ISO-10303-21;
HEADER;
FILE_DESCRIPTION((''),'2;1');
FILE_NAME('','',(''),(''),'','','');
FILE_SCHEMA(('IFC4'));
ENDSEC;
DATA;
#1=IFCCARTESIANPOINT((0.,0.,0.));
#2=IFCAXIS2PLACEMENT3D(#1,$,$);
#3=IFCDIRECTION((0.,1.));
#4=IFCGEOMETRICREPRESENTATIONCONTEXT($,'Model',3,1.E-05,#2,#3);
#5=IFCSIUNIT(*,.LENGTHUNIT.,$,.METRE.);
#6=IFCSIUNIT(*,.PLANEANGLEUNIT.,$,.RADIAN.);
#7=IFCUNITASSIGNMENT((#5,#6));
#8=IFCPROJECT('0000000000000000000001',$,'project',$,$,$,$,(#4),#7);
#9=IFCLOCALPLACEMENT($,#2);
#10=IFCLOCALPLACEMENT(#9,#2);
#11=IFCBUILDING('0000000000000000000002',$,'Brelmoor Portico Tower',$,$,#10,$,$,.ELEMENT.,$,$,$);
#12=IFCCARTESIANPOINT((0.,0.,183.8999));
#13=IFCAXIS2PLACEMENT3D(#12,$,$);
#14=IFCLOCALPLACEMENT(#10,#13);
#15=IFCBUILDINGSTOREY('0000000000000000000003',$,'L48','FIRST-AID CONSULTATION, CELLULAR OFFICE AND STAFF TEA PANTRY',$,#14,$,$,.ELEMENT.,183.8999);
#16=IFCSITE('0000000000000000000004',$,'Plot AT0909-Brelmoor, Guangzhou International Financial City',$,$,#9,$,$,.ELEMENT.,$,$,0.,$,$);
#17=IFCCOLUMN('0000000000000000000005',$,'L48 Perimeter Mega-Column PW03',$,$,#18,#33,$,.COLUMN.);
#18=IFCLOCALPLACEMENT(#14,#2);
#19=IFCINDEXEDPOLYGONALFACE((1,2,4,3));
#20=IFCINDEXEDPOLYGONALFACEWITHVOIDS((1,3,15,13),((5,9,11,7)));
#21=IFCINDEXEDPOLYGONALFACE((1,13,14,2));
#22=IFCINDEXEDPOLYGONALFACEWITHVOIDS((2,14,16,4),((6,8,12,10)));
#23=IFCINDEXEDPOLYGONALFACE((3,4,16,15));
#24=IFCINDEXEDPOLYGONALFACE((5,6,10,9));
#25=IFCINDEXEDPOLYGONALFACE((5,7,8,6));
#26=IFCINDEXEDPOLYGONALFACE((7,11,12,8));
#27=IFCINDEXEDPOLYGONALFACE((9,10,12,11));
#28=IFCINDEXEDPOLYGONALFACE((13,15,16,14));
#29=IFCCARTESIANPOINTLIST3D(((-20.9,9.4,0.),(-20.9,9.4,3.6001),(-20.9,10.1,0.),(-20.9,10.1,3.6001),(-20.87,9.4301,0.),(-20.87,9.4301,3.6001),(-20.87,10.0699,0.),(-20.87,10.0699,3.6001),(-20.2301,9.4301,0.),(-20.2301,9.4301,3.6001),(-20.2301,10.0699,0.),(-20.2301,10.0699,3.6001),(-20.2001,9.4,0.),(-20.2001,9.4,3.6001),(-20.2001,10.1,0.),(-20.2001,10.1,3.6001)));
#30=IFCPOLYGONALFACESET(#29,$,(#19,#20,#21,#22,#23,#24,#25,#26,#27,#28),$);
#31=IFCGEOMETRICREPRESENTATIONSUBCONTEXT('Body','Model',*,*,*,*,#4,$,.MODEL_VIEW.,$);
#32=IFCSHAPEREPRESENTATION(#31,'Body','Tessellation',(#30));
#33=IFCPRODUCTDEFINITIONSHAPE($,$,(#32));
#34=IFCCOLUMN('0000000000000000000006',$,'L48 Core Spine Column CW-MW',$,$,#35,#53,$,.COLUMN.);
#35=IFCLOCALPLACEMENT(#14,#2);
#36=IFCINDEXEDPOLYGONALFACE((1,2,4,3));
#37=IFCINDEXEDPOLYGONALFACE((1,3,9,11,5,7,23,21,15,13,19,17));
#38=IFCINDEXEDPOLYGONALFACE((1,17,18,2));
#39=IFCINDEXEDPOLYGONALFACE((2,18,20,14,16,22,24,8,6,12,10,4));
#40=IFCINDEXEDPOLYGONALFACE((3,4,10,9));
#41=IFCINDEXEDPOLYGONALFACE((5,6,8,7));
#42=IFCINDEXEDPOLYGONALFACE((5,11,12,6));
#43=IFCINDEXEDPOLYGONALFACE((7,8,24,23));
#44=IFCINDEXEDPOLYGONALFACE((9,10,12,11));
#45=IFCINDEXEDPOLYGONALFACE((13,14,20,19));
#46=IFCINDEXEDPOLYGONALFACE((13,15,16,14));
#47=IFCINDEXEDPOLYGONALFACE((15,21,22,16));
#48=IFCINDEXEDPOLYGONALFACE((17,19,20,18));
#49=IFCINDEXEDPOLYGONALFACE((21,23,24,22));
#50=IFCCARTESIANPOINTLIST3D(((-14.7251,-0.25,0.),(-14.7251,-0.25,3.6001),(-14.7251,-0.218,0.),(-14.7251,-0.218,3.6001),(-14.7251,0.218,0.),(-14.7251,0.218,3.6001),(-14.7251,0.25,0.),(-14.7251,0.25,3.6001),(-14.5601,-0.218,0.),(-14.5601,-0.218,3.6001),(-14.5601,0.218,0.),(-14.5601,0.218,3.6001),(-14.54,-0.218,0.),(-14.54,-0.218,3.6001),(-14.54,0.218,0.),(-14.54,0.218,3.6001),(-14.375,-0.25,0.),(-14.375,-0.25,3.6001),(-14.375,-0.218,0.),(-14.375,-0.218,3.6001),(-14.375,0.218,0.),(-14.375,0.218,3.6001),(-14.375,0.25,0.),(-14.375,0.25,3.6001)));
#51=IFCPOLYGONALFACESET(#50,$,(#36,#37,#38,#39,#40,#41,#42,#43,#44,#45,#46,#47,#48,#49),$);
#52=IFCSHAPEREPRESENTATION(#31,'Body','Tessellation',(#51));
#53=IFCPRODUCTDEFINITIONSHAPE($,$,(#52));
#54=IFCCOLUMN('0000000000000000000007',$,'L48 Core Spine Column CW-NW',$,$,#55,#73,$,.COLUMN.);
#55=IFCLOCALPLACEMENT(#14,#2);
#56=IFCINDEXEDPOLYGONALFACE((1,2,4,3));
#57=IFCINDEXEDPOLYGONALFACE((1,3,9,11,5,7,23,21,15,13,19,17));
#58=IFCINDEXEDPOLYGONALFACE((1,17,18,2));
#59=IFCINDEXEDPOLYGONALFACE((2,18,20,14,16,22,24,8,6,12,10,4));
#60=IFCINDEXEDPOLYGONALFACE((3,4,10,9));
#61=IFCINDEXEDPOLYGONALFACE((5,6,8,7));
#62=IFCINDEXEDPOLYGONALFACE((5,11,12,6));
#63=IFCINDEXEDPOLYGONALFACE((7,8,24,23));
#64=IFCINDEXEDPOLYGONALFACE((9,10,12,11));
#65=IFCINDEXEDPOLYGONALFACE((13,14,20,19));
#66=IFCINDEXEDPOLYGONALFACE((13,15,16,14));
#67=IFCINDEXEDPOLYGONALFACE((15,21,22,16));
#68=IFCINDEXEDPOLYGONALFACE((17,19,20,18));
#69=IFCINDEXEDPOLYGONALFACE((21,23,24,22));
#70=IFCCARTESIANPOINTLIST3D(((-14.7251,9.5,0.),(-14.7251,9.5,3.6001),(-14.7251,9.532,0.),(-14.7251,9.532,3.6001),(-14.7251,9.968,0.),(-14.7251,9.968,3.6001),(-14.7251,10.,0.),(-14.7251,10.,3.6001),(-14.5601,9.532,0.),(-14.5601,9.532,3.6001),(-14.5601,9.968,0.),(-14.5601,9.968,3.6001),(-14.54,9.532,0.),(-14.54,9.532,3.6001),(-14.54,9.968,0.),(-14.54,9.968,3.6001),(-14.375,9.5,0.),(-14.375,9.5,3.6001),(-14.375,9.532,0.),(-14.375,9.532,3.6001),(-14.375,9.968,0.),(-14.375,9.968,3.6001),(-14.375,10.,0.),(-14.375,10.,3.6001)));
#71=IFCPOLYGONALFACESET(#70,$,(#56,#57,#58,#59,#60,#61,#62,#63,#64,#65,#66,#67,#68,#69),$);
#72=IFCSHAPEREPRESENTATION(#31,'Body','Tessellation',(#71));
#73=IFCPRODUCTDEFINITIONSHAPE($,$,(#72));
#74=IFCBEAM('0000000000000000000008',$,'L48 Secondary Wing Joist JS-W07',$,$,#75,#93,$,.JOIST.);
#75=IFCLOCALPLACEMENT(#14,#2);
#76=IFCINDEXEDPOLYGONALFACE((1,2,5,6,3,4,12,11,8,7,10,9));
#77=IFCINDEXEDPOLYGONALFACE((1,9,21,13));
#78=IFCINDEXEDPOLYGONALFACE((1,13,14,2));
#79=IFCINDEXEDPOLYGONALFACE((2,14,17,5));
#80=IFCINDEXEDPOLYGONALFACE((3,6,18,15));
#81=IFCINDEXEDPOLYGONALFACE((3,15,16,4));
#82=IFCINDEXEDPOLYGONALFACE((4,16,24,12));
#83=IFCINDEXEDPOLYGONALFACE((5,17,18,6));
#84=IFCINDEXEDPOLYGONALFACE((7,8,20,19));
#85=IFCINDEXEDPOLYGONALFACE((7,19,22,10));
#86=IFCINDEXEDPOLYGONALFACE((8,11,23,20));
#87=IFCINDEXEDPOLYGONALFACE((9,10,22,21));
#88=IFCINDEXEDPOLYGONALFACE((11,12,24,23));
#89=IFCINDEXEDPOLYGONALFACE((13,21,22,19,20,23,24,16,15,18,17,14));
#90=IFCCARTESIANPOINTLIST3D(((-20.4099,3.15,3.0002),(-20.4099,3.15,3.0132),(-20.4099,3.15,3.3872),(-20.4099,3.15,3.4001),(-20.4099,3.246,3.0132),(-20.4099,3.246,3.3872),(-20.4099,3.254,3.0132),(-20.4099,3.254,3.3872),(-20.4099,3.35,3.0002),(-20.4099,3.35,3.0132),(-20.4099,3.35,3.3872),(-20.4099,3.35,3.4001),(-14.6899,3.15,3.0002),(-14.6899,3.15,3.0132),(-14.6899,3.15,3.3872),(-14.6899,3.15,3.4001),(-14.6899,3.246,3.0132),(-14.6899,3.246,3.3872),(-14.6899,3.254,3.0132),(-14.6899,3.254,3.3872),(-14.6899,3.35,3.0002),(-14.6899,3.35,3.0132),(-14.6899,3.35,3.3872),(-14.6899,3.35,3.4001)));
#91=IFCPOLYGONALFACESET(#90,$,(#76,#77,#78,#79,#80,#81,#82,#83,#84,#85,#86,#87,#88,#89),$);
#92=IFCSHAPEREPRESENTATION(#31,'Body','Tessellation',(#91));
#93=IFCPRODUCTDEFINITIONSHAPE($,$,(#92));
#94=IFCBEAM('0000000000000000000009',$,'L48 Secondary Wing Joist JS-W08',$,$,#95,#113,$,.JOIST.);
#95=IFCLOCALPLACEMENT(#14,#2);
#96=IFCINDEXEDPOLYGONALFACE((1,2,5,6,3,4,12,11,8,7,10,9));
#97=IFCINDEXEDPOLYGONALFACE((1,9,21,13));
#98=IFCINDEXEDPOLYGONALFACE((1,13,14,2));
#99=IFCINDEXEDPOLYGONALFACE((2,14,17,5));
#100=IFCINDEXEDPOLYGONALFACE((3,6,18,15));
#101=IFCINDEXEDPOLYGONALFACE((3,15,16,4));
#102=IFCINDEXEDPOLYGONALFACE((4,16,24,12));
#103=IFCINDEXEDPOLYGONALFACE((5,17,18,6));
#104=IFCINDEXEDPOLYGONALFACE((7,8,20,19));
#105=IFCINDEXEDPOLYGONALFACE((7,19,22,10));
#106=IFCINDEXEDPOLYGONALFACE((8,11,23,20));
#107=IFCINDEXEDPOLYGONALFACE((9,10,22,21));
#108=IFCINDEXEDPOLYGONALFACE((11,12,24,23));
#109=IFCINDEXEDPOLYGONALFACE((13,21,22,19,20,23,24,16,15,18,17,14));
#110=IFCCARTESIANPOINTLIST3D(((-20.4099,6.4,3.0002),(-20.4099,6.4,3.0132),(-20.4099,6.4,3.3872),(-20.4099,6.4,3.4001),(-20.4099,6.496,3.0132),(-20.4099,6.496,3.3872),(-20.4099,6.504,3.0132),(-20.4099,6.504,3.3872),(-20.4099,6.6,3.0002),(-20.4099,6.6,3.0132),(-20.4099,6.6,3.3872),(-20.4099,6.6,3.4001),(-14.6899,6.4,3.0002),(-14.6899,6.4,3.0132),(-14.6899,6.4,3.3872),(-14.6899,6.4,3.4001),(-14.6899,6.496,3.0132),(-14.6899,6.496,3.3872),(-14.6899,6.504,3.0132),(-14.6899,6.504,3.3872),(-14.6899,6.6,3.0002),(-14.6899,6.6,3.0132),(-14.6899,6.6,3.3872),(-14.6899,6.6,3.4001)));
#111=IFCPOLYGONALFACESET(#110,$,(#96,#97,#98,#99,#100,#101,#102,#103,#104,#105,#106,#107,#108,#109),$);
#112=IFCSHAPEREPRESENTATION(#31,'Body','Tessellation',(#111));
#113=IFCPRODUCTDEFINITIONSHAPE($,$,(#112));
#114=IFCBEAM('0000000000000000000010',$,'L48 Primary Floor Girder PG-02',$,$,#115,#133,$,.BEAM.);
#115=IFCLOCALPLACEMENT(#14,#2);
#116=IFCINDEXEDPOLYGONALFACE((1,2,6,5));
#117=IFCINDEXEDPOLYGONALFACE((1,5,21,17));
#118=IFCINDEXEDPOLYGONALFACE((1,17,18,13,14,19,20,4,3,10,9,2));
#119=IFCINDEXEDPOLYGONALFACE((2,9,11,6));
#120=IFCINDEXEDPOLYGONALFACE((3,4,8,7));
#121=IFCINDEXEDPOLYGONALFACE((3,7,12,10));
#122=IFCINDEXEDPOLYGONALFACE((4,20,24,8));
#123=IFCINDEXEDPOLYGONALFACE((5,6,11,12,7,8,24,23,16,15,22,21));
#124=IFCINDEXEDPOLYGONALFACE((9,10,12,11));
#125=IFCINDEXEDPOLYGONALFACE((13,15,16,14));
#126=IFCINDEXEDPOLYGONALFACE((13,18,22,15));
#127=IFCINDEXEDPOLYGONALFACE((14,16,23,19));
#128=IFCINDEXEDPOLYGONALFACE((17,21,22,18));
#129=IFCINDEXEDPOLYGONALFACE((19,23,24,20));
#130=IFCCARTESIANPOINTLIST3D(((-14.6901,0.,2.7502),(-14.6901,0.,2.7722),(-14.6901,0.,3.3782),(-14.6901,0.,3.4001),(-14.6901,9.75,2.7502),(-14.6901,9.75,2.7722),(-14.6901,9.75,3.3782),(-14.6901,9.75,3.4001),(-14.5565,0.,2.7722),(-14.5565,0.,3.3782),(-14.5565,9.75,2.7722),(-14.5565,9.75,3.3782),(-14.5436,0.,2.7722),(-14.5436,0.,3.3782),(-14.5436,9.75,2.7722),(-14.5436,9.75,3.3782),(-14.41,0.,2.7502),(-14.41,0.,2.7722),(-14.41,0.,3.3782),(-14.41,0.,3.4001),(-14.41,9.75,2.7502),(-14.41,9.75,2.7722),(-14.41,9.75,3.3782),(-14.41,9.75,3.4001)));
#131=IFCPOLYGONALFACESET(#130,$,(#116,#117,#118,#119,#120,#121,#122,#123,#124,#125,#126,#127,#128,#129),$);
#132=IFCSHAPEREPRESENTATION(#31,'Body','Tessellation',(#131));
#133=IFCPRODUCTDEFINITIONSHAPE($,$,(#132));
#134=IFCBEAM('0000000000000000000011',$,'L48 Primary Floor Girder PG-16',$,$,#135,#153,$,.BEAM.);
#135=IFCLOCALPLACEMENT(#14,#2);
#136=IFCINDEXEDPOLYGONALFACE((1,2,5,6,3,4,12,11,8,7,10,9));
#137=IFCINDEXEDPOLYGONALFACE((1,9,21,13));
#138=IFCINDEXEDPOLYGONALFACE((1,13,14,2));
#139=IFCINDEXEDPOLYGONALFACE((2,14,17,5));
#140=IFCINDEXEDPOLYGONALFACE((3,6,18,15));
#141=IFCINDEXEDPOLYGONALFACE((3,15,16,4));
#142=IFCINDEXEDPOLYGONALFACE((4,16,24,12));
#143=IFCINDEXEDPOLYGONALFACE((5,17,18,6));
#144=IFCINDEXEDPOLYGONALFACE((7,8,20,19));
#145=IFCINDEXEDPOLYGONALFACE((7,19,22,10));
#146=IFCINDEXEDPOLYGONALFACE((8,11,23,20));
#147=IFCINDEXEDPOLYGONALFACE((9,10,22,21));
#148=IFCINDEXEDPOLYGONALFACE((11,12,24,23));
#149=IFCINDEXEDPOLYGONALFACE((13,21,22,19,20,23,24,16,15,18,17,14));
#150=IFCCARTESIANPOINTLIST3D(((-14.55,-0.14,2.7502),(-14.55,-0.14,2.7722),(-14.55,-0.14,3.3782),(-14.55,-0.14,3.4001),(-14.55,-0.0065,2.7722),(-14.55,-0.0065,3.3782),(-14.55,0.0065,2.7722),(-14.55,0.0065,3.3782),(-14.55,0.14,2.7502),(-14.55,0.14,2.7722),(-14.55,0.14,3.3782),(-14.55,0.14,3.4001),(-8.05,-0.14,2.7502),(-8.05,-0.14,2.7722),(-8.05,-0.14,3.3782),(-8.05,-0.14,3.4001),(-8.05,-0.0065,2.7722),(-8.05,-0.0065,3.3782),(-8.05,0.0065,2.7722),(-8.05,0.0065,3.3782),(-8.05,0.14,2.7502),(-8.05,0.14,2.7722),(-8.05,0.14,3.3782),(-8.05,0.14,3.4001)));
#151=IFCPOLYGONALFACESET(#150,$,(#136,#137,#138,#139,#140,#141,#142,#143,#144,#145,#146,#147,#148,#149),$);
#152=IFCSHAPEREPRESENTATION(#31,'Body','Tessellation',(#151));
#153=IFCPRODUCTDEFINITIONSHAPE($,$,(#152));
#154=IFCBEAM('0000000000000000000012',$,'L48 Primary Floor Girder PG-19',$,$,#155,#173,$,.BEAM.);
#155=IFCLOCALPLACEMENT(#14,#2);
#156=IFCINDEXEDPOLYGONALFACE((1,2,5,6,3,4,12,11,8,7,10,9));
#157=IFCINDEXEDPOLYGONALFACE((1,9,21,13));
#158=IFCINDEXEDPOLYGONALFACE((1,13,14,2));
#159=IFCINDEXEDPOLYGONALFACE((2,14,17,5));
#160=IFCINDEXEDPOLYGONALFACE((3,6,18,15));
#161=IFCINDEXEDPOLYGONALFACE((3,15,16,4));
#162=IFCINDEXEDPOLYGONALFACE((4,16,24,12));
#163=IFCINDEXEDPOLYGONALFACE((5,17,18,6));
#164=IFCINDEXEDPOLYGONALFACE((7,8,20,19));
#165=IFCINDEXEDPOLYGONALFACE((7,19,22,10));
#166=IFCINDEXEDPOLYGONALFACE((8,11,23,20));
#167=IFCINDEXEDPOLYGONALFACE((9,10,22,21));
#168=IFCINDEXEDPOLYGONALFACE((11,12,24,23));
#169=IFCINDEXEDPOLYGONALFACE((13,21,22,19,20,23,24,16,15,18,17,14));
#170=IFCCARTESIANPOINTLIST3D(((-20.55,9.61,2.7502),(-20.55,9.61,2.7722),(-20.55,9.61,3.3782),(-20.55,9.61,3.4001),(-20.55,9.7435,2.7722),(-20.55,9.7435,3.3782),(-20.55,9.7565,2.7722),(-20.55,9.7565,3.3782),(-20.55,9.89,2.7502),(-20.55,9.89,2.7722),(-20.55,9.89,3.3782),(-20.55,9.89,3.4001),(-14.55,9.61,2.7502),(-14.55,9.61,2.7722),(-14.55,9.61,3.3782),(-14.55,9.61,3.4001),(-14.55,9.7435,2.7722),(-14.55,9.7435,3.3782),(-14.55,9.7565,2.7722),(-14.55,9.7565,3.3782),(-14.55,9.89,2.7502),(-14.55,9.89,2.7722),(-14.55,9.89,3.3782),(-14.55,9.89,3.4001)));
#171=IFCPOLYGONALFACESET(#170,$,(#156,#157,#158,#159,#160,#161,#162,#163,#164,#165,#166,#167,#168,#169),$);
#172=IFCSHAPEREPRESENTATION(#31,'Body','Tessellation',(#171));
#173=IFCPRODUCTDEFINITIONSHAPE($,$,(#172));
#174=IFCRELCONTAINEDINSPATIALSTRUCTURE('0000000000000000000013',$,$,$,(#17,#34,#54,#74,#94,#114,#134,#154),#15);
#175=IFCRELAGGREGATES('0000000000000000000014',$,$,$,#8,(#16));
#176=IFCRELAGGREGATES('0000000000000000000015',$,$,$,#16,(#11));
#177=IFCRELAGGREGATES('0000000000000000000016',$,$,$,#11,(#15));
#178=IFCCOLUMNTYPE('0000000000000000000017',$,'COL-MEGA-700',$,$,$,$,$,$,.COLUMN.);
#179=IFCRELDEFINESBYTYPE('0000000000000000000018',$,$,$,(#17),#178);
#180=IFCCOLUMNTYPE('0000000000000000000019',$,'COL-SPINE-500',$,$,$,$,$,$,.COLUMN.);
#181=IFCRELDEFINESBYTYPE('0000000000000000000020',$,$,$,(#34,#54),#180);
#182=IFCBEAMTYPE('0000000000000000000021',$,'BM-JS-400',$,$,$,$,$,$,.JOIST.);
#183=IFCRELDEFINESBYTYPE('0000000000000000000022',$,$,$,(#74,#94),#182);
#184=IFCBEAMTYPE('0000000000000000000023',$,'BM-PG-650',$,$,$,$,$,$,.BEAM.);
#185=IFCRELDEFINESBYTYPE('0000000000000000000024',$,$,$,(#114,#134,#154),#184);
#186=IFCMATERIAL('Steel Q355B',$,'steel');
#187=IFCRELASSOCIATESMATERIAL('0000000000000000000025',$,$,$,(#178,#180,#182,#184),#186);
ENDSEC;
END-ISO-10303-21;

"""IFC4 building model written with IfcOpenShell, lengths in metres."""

from ifc_helpers import new_model, si_unit, direction, frame, origin, origin_2d, place, context, subcontext, project, spatial, hollow_rectangle, i_section, extrude, material, material_profile, profile_set, type_object, element, save


model = new_model("IFC4")

# Units and contexts
model_context = context("Model", 3, precision=1e-05, world=origin(), true_north=direction((0.0, 1.0)))
body_context = subcontext(model_context, "Body", "Model", "MODEL_VIEW")
ifc_project = project(units=[si_unit("LENGTHUNIT", "METRE"), si_unit("PLANEANGLEUNIT", "RADIAN")], contexts=[model_context])

# Site, building, storey
site_placement = place(None, origin())
site = spatial("IfcSite", under=ifc_project, at=site_placement, Name="Plot AT0909-Brelmoor, Guangzhou International Financial City", CompositionType="ELEMENT", RefElevation=0.0)
building_placement = place(site_placement, origin())
building = spatial("IfcBuilding", under=site, at=building_placement, Name="Brelmoor Portico Tower", CompositionType="ELEMENT")
storey_placement = place(building_placement, frame((0.0, 0.0, 183.8999)))
storey = spatial("IfcBuildingStorey", under=building, at=storey_placement, Name="L48", Description="FIRST-AID CONSULTATION, CELLULAR OFFICE AND STAFF TEA PANTRY", CompositionType="ELEMENT", Elevation=183.8999)

# Columns
ifc_material_1 = material(Name="Steel Q355B", Category="steel")
ifc_material_profile_1 = material_profile(ifc_material_1, hollow_rectangle(XDim=0.7, YDim=0.7, WallThickness=0.03, at=origin_2d()), Name="BOX 700x700x30")
ifc_profile_set_1 = profile_set([ifc_material_profile_1], Name="Steel Q355B")
column_type_1 = type_object("IfcColumnType", Name="COL-MEGA-700", PredefinedType="COLUMN", material=ifc_profile_set_1)
column_placement = place(storey_placement, frame((-20.55, 9.75, 0.0), z_axis=(0.0, 0.0, 1.0), x_axis=(0.0, 1.0, 0.0)))
element("IfcColumn", 1, at=column_placement, inside=storey, type_object=column_type_1, Name="L48 Perimeter Mega-Column PW03", PredefinedType="COLUMN", context=body_context, shape_type="SweptSolid", body=[
    extrude(hollow_rectangle(XDim=0.7, YDim=0.7, WallThickness=0.03, at=origin_2d()), origin(), (0.0, 0.0, 1.0), 3.6001),
])
ifc_material_profile_2 = material_profile(ifc_material_1, i_section(OverallWidth=0.3501, OverallDepth=0.5, WebThickness=0.02, FlangeThickness=0.032, at=origin_2d()), Name="HW 500x350x20x32")
ifc_profile_set_2 = profile_set([ifc_material_profile_2], Name="Steel Q355B")
column_type_2 = type_object("IfcColumnType", Name="COL-SPINE-500", PredefinedType="COLUMN", material=ifc_profile_set_2)
for number, where, z_axis, x_axis, name in (
    (2, (-14.55, 0.0, 0.0), (0.0, 0.0, 1.0), (1.0, 0.0, 0.0), "L48 Core Spine Column CW-MW"),
    (3, (-14.55, 9.75, 0.0), (0.0, 0.0, 1.0), (1.0, 0.0, 0.0), "L48 Core Spine Column CW-NW"),
):
    element("IfcColumn", number, at=place(storey_placement, frame(where, z_axis=z_axis, x_axis=x_axis)), inside=storey, type_object=column_type_2, Name=name, PredefinedType="COLUMN", context=body_context, shape_type="SweptSolid", body=[
        extrude(i_section(OverallWidth=0.3501, OverallDepth=0.5, WebThickness=0.02, FlangeThickness=0.032, at=origin_2d()), origin(), (0.0, 0.0, 1.0), 3.6001),
    ])

# Beams
ifc_material_profile_3 = material_profile(ifc_material_1, i_section(OverallWidth=0.2, OverallDepth=0.3999, WebThickness=0.0081, FlangeThickness=0.0129, at=origin_2d()), Name="HN 400x200x8x13")
ifc_profile_set_3 = profile_set([ifc_material_profile_3], Name="Steel Q355B")
beam_type_1 = type_object("IfcBeamType", Name="BM-JS-400", PredefinedType="JOIST", material=ifc_profile_set_3)
for number, where, z_axis, x_axis, name in (
    (4, (-20.4099, 3.25, 3.2002), (1.0, 0.0, 0.0), (0.0, 1.0, 0.0), "L48 Secondary Wing Joist JS-W07"),
    (5, (-20.4099, 6.5, 3.2002), (1.0, 0.0, 0.0), (0.0, 1.0, 0.0), "L48 Secondary Wing Joist JS-W08"),
):
    element("IfcBeam", number, at=place(storey_placement, frame(where, z_axis=z_axis, x_axis=x_axis)), inside=storey, type_object=beam_type_1, Name=name, PredefinedType="JOIST", context=body_context, shape_type="SweptSolid", body=[
        extrude(i_section(OverallWidth=0.2, OverallDepth=0.3999, WebThickness=0.0081, FlangeThickness=0.0129, at=origin_2d()), origin(), (0.0, 0.0, 1.0), 5.72),
    ])
ifc_material_profile_4 = material_profile(ifc_material_1, i_section(OverallWidth=0.28, OverallDepth=0.6499, WebThickness=0.0129, FlangeThickness=0.022, at=origin_2d()), Name="HN 650x280x13x22")
ifc_profile_set_4 = profile_set([ifc_material_profile_4], Name="Steel Q355B")
beam_type_2 = type_object("IfcBeamType", Name="BM-PG-650", PredefinedType="BEAM", material=ifc_profile_set_4)
beam_1_placement = place(storey_placement, frame((-14.55, 0.0, 3.0752), z_axis=(0.0, 1.0, 0.0), x_axis=(-1.0, 0.0, 0.0)))
element("IfcBeam", 6, at=beam_1_placement, inside=storey, type_object=beam_type_2, Name="L48 Primary Floor Girder PG-02", PredefinedType="BEAM", context=body_context, shape_type="SweptSolid", body=[
    extrude(i_section(OverallWidth=0.28, OverallDepth=0.6499, WebThickness=0.0129, FlangeThickness=0.022, at=origin_2d()), origin(), (0.0, 0.0, 1.0), 9.75),
])
beam_2_placement = place(storey_placement, frame((-14.55, 0.0, 3.0752), z_axis=(1.0, 0.0, 0.0), x_axis=(0.0, 1.0, 0.0)))
element("IfcBeam", 7, at=beam_2_placement, inside=storey, type_object=beam_type_2, Name="L48 Primary Floor Girder PG-16", PredefinedType="BEAM", context=body_context, shape_type="SweptSolid", body=[
    extrude(i_section(OverallWidth=0.28, OverallDepth=0.6499, WebThickness=0.0129, FlangeThickness=0.022, at=origin_2d()), origin(), (0.0, 0.0, 1.0), 6.5),
])
beam_3_placement = place(storey_placement, frame((-20.55, 9.75, 3.0752), z_axis=(1.0, 0.0, 0.0), x_axis=(0.0, 1.0, 0.0)))
element("IfcBeam", 8, at=beam_3_placement, inside=storey, type_object=beam_type_2, Name="L48 Primary Floor Girder PG-19", PredefinedType="BEAM", context=body_context, shape_type="SweptSolid", body=[
    extrude(i_section(OverallWidth=0.28, OverallDepth=0.6499, WebThickness=0.0129, FlangeThickness=0.022, at=origin_2d()), origin(), (0.0, 0.0, 1.0), 6.0),
])

save(model, "model.ifc")
